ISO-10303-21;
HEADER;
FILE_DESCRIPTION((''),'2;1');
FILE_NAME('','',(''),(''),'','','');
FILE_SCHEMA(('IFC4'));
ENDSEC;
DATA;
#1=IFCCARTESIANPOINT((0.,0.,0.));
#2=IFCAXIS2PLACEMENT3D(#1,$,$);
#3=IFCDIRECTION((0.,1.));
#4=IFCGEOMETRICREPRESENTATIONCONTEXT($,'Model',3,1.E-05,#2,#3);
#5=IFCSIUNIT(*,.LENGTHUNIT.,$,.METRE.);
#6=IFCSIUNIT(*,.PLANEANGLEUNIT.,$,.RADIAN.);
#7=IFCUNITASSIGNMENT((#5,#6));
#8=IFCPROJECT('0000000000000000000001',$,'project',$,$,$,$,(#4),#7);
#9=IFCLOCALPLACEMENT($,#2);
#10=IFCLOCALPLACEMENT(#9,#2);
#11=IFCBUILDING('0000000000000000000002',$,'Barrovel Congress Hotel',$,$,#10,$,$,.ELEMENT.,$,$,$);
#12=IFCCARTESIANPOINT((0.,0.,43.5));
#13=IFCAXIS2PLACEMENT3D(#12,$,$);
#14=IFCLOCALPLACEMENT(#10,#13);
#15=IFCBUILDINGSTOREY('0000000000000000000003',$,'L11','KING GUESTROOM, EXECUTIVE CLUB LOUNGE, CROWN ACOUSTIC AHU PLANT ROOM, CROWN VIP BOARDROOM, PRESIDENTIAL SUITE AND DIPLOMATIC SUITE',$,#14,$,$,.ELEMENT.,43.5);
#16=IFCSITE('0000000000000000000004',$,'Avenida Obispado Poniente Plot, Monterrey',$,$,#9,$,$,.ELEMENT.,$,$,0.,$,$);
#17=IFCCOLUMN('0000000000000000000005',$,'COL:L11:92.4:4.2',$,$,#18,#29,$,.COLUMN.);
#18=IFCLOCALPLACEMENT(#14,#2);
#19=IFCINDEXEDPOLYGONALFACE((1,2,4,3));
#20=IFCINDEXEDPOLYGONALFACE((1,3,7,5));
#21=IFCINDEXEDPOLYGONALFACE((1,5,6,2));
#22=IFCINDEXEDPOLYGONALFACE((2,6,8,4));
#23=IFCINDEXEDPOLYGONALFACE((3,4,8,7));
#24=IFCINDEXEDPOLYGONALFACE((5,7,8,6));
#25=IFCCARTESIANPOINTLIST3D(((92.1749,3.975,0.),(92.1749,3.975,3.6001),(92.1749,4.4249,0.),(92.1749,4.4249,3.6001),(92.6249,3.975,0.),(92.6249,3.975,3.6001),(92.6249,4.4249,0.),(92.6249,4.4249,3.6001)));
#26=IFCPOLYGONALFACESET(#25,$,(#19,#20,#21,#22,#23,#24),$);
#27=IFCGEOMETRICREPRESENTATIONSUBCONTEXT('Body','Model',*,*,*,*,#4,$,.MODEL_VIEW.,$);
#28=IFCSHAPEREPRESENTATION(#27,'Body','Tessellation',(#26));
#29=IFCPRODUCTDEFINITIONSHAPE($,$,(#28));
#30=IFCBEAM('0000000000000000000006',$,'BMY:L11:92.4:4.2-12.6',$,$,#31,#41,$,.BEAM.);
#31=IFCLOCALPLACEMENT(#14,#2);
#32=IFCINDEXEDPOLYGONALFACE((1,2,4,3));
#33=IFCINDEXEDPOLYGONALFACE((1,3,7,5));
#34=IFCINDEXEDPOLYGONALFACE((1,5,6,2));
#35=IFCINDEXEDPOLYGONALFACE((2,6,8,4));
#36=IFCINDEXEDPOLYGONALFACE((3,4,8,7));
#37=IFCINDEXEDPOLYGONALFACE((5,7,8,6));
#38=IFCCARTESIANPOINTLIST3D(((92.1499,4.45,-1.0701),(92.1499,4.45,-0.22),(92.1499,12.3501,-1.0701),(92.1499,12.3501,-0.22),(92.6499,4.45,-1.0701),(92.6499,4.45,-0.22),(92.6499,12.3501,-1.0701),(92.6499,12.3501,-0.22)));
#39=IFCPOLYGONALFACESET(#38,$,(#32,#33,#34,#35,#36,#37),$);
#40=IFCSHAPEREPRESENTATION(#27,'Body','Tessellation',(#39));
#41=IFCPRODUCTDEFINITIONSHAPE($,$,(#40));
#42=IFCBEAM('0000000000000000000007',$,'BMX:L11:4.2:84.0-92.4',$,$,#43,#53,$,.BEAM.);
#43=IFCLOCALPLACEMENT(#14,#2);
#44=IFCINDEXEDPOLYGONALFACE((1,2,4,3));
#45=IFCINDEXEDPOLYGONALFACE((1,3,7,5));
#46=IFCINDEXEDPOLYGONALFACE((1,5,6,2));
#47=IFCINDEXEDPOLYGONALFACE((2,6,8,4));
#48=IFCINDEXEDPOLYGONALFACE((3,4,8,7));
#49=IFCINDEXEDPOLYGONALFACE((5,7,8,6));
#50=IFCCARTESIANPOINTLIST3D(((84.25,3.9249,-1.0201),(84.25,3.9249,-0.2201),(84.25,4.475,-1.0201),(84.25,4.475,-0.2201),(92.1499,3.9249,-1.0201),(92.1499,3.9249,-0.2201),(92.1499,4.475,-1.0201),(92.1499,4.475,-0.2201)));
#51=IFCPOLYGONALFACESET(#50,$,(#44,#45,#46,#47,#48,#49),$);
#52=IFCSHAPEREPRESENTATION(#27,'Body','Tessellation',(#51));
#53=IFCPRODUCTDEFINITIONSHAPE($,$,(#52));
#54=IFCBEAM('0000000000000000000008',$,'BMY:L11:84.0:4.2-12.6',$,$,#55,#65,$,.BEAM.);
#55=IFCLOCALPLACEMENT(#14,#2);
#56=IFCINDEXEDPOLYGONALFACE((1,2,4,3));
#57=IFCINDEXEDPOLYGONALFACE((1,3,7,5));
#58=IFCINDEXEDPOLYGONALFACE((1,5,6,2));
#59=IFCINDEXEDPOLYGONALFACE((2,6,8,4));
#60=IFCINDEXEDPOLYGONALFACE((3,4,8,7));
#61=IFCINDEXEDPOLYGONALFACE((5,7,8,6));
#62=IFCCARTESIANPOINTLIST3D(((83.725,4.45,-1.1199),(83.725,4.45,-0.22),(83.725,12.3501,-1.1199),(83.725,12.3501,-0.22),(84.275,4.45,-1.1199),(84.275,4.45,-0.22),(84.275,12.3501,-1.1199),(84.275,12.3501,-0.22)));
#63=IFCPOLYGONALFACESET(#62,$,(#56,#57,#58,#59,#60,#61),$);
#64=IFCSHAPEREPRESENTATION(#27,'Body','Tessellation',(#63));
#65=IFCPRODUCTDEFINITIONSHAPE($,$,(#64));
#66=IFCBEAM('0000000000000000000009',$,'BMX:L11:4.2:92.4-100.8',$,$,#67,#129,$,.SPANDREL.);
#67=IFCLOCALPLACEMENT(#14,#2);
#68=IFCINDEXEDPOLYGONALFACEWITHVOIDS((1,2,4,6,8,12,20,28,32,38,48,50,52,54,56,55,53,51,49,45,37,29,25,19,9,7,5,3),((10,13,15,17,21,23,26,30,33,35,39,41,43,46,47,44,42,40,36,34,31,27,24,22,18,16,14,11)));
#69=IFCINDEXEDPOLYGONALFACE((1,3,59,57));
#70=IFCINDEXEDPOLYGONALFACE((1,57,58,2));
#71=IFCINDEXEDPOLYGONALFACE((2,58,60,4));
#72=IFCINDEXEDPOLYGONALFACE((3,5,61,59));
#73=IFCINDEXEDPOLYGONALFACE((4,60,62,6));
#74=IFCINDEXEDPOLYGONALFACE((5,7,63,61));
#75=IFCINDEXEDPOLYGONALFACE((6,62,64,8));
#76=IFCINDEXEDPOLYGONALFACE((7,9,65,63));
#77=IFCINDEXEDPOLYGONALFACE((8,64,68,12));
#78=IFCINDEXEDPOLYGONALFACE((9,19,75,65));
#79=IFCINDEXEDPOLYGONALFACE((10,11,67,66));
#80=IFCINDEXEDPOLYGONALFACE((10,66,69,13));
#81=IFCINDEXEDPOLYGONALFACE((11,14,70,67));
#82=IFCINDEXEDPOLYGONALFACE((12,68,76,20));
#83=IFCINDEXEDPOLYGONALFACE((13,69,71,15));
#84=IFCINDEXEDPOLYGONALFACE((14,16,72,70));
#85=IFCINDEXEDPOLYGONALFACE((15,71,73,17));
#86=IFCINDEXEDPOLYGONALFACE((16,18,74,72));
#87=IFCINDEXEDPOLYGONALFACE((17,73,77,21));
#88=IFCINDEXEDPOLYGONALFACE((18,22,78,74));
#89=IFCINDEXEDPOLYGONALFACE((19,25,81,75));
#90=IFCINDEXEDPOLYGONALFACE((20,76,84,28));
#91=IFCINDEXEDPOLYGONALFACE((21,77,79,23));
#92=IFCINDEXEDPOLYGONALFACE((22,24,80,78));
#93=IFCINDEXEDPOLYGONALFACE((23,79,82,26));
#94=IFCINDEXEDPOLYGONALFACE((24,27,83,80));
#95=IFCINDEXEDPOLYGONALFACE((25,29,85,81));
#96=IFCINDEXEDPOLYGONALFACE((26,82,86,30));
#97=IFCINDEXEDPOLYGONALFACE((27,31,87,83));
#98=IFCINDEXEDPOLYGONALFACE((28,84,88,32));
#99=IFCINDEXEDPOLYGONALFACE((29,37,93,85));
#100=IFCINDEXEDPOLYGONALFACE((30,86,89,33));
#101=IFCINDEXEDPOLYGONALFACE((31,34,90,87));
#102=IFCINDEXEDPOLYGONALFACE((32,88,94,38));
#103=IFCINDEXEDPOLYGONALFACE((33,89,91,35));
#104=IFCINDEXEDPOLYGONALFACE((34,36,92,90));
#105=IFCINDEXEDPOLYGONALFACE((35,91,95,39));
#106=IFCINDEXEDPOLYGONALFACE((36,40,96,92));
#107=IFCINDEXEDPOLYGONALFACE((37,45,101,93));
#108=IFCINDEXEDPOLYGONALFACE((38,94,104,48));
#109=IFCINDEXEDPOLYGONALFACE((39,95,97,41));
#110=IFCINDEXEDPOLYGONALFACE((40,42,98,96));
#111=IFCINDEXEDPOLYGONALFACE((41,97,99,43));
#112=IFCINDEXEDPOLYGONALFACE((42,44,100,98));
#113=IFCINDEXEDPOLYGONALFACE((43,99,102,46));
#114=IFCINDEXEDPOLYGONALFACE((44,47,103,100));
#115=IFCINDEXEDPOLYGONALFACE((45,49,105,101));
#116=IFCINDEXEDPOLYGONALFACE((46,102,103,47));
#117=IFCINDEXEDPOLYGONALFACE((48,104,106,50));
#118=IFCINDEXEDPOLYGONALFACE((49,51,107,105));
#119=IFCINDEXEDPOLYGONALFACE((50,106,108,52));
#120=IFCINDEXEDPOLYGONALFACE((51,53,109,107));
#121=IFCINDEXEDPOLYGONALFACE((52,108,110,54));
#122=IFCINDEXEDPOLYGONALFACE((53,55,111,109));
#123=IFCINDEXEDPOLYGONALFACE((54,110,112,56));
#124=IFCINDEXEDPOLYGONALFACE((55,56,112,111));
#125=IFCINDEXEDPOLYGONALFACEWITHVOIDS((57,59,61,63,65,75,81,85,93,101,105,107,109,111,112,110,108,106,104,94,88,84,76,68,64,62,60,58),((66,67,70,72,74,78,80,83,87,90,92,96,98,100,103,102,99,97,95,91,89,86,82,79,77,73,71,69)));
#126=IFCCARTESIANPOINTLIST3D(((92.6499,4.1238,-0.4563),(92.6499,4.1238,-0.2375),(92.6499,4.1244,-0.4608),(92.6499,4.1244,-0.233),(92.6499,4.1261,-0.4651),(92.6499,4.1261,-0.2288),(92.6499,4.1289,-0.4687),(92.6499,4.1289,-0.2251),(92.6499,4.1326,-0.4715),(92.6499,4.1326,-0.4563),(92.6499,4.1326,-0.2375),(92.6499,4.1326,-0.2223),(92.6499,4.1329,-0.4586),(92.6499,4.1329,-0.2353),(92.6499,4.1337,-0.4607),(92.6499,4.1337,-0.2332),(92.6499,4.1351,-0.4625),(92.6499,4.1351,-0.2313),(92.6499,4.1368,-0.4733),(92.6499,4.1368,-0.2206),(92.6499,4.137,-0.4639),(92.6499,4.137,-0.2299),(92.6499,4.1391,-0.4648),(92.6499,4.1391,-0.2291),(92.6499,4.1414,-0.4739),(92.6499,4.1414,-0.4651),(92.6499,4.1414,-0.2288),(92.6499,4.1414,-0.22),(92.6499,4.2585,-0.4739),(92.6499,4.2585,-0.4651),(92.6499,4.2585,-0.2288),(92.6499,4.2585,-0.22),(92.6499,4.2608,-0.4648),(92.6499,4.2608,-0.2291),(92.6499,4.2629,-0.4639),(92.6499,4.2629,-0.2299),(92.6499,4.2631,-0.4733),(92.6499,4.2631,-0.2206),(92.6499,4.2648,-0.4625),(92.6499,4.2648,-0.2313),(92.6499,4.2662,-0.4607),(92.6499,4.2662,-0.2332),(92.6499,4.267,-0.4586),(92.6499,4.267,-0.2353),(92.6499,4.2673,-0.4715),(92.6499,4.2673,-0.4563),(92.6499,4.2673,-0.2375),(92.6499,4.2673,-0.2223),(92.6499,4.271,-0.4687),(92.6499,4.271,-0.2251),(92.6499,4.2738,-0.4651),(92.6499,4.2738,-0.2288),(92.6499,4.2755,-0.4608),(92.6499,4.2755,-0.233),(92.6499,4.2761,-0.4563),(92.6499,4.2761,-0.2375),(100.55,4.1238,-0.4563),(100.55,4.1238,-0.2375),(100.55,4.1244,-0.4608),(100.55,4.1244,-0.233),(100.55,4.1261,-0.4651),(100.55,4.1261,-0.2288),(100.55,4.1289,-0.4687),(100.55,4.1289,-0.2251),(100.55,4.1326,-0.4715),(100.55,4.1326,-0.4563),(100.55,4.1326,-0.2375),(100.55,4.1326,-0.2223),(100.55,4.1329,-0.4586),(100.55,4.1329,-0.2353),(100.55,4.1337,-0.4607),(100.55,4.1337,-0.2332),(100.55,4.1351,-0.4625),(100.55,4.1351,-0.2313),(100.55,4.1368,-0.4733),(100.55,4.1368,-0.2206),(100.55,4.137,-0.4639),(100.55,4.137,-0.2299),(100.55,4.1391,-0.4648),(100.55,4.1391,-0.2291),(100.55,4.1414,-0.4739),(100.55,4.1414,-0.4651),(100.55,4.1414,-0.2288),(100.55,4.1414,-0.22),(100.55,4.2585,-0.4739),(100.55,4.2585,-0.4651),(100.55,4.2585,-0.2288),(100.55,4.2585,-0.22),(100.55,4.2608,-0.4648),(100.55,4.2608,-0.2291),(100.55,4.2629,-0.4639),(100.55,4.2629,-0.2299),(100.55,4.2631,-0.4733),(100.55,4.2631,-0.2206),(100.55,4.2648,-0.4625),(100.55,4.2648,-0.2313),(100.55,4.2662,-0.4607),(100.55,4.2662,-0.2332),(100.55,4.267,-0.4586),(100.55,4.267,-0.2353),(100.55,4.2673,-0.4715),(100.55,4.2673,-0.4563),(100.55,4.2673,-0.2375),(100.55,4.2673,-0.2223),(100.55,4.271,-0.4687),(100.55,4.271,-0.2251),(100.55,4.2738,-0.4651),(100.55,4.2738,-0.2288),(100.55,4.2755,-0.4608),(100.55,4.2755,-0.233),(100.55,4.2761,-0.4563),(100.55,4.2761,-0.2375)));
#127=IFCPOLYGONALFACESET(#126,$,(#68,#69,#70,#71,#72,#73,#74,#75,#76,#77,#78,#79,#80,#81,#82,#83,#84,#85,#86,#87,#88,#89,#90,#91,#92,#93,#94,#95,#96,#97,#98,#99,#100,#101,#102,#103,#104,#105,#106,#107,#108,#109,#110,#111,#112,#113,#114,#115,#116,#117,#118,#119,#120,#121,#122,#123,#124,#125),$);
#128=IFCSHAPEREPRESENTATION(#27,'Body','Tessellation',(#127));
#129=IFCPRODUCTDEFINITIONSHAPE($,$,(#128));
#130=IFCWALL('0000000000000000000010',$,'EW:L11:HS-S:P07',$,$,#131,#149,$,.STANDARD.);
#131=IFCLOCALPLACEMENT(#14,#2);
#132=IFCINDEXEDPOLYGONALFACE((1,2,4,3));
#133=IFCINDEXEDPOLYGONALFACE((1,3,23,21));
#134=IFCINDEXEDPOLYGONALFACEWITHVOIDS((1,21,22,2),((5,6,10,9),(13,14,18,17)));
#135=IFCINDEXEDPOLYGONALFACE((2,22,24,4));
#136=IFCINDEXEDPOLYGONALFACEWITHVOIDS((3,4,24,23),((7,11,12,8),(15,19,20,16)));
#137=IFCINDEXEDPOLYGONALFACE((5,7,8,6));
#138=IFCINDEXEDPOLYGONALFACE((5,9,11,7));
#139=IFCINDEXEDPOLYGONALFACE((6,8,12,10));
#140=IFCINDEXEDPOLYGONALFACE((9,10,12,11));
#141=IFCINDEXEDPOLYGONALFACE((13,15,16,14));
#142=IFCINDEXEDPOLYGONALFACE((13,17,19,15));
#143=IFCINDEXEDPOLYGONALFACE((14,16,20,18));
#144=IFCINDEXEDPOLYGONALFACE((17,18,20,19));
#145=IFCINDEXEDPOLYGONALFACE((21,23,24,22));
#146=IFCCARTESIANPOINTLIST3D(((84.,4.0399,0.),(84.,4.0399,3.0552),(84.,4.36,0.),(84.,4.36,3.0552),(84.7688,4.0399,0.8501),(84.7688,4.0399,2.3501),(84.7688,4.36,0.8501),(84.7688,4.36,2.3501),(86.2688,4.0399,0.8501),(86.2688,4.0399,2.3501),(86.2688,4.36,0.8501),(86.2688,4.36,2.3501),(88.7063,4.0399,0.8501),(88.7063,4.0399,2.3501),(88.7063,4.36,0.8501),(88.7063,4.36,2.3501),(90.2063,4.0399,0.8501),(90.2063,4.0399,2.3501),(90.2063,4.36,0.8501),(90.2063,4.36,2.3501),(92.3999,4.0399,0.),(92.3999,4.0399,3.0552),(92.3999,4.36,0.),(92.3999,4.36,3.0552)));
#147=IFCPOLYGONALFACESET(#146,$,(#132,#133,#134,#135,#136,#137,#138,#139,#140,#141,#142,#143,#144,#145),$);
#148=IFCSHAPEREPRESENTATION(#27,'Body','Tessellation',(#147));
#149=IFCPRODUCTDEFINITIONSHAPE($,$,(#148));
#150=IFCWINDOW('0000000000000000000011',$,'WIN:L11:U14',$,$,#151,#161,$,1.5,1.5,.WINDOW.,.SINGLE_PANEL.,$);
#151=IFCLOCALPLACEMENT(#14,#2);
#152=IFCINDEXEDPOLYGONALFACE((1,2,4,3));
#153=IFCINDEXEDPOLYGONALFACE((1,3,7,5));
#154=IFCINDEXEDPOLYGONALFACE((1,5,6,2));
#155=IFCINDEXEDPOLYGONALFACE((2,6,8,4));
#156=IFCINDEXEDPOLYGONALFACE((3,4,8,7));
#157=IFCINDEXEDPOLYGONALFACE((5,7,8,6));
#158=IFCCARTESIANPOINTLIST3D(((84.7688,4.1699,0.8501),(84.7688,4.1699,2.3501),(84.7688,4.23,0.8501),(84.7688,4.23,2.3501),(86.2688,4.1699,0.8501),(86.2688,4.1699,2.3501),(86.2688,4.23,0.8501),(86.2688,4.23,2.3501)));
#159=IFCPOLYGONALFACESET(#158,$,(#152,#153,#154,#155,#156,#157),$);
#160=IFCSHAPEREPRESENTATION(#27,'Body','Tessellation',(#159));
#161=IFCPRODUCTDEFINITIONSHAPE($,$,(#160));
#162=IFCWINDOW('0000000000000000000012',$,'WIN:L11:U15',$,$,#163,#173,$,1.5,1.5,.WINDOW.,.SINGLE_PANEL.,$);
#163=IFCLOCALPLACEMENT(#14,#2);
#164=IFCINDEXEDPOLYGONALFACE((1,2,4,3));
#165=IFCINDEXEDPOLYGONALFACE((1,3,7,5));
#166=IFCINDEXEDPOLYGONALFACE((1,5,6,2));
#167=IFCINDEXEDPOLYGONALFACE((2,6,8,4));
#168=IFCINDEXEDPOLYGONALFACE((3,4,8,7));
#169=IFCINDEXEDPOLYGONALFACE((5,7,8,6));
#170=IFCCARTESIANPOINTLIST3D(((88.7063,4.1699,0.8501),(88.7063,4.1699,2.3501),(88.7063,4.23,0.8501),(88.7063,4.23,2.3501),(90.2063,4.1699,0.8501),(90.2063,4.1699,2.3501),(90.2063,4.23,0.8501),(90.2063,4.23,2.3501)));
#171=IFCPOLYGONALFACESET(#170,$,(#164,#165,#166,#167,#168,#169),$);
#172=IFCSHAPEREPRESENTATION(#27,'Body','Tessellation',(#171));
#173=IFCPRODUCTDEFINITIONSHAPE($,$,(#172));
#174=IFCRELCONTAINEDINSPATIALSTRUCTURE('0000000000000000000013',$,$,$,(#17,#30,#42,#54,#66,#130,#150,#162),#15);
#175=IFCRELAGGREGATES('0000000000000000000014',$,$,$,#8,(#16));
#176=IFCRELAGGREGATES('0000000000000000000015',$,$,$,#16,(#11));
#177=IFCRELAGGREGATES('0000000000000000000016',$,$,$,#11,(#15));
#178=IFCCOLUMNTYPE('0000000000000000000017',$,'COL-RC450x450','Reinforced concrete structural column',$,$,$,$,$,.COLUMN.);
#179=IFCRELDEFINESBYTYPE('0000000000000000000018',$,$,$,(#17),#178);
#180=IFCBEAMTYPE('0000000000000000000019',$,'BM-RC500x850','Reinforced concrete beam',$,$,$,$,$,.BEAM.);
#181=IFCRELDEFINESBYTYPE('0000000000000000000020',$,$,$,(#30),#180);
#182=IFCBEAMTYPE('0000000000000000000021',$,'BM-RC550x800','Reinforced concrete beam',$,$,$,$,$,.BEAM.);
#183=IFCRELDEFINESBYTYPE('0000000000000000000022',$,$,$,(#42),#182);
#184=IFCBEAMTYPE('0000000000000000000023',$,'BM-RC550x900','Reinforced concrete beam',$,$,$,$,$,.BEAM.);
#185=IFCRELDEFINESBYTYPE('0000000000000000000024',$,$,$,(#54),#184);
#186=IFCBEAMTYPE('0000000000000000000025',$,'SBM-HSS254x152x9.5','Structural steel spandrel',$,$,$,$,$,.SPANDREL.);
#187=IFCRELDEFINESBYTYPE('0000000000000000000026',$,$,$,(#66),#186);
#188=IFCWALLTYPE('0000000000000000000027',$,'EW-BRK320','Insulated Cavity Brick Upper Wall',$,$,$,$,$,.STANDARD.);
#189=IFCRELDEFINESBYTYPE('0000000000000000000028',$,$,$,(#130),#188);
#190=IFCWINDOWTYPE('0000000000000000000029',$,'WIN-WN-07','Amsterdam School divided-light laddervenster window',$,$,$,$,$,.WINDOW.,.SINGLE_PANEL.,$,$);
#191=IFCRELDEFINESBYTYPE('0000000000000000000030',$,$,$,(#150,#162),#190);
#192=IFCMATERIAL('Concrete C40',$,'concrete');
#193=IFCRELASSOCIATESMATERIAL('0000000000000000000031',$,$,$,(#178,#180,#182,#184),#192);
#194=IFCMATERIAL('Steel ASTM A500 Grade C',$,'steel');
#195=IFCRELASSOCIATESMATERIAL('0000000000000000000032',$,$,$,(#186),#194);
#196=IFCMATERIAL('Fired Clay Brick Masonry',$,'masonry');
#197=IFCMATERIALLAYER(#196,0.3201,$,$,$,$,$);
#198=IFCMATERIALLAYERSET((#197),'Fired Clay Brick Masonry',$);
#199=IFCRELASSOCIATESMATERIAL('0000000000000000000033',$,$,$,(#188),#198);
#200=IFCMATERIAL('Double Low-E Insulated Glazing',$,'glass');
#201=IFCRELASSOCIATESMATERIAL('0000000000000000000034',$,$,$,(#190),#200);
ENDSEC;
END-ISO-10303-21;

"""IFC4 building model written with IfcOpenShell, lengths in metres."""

from ifc_helpers import new_model, si_unit, direction, frame, frame_2d, origin, origin_2d, place, context, subcontext, project, spatial, rectangle, hollow_rectangle, extrude, material, layer, layer_set, material_profile, profile_set, type_object, element, fill, save


model = new_model("IFC4")

# Units and contexts
model_context = context("Model", 3, precision=1e-05, world=origin(), true_north=direction((0.0, 1.0)))
body_context = subcontext(model_context, "Body", "Model", "MODEL_VIEW")
ifc_project = project(units=[si_unit("LENGTHUNIT", "METRE"), si_unit("PLANEANGLEUNIT", "RADIAN")], contexts=[model_context])

# Site, building, storey
site_placement = place(None, origin())
site = spatial("IfcSite", under=ifc_project, at=site_placement, Name="Avenida Obispado Poniente Plot, Monterrey", CompositionType="ELEMENT", RefElevation=0.0)
building_placement = place(site_placement, origin())
building = spatial("IfcBuilding", under=site, at=building_placement, Name="Barrovel Congress Hotel", CompositionType="ELEMENT")
storey_placement = place(building_placement, frame((0.0, 0.0, 43.5)))
storey = spatial("IfcBuildingStorey", under=building, at=storey_placement, Name="L11", Description="KING GUESTROOM, EXECUTIVE CLUB LOUNGE, CROWN ACOUSTIC AHU PLANT ROOM, CROWN VIP BOARDROOM, PRESIDENTIAL SUITE AND DIPLOMATIC SUITE", CompositionType="ELEMENT", Elevation=43.5)

# Column
ifc_material_1 = material(Name="Concrete C40", Category="concrete")
ifc_material_profile_1 = material_profile(ifc_material_1, rectangle(XDim=0.45, YDim=0.45, at=origin_2d()), Name="RC450x450")
ifc_profile_set_1 = profile_set([ifc_material_profile_1], Name="Concrete C40")
column_type = type_object("IfcColumnType", Name="COL-RC450x450", Description="Reinforced concrete structural column", PredefinedType="COLUMN", material=ifc_profile_set_1)
column_placement = place(storey_placement, frame((92.3999, 4.2, 0.0), z_axis=(0.0, 0.0, 1.0), x_axis=(1.0, 0.0, 0.0)))
element("IfcColumn", 1, at=column_placement, inside=storey, type_object=column_type, Name="COL:L11:92.4:4.2", PredefinedType="COLUMN", context=body_context, shape_type="SweptSolid", body=[
    extrude(rectangle(XDim=0.45, YDim=0.45, at=origin_2d()), origin(), (0.0, 0.0, 1.0), 3.6001),
])

# Beams
ifc_material_profile_2 = material_profile(ifc_material_1, rectangle(XDim=0.5, YDim=0.8501, at=origin_2d()), Name="RC500x850")
ifc_profile_set_2 = profile_set([ifc_material_profile_2], Name="Concrete C40")
beam_type_1 = type_object("IfcBeamType", Name="BM-RC500x850", Description="Reinforced concrete beam", PredefinedType="BEAM", material=ifc_profile_set_2)
beam_1_placement = place(storey_placement, frame((92.3999, 4.45, -0.645), z_axis=(0.0, 1.0, 0.0), x_axis=(-1.0, 0.0, 0.0)))
element("IfcBeam", 2, at=beam_1_placement, inside=storey, type_object=beam_type_1, Name="BMY:L11:92.4:4.2-12.6", PredefinedType="BEAM", context=body_context, shape_type="SweptSolid", body=[
    extrude(rectangle(XDim=0.5, YDim=0.8501, at=origin_2d()), origin(), (0.0, 0.0, 1.0), 7.9001),
])
ifc_material_profile_3 = material_profile(ifc_material_1, rectangle(XDim=0.55, YDim=0.8, at=origin_2d()), Name="RC550x800")
ifc_profile_set_3 = profile_set([ifc_material_profile_3], Name="Concrete C40")
beam_type_2 = type_object("IfcBeamType", Name="BM-RC550x800", Description="Reinforced concrete beam", PredefinedType="BEAM", material=ifc_profile_set_3)
beam_2_placement = place(storey_placement, frame((84.25, 4.2, -0.6201), z_axis=(1.0, 0.0, 0.0), x_axis=(0.0, 1.0, 0.0)))
element("IfcBeam", 3, at=beam_2_placement, inside=storey, type_object=beam_type_2, Name="BMX:L11:4.2:84.0-92.4", PredefinedType="BEAM", context=body_context, shape_type="SweptSolid", body=[
    extrude(rectangle(XDim=0.55, YDim=0.8, at=origin_2d()), origin(), (0.0, 0.0, 1.0), 7.8999),
])
ifc_material_profile_4 = material_profile(ifc_material_1, rectangle(XDim=0.55, YDim=0.8999, at=origin_2d()), Name="RC550x900")
ifc_profile_set_4 = profile_set([ifc_material_profile_4], Name="Concrete C40")
beam_type_3 = type_object("IfcBeamType", Name="BM-RC550x900", Description="Reinforced concrete beam", PredefinedType="BEAM", material=ifc_profile_set_4)
beam_3_placement = place(storey_placement, frame((84.0, 4.45, -0.6699), z_axis=(0.0, 1.0, 0.0), x_axis=(-1.0, 0.0, 0.0)))
element("IfcBeam", 4, at=beam_3_placement, inside=storey, type_object=beam_type_3, Name="BMY:L11:84.0:4.2-12.6", PredefinedType="BEAM", context=body_context, shape_type="SweptSolid", body=[
    extrude(rectangle(XDim=0.55, YDim=0.8999, at=origin_2d()), origin(), (0.0, 0.0, 1.0), 7.9001),
])
ifc_material_2 = material(Name="Steel ASTM A500 Grade C", Category="steel")
ifc_material_profile_5 = material_profile(ifc_material_2, hollow_rectangle(XDim=0.1523, YDim=0.2539, WallThickness=0.0088, InnerFilletRadius=0.0088, OuterFilletRadius=0.0176, at=origin_2d()), Name="HSS254x152x9.5")
ifc_profile_set_5 = profile_set([ifc_material_profile_5], Name="Steel ASTM A500 Grade C")
beam_type_4 = type_object("IfcBeamType", Name="SBM-HSS254x152x9.5", Description="Structural steel spandrel", PredefinedType="SPANDREL", material=ifc_profile_set_5)
beam_4_placement = place(storey_placement, frame((92.6499, 4.2, -0.3469), z_axis=(1.0, 0.0, 0.0), x_axis=(0.0, 1.0, 0.0)))
element("IfcBeam", 5, at=beam_4_placement, inside=storey, type_object=beam_type_4, Name="BMX:L11:4.2:92.4-100.8", PredefinedType="SPANDREL", context=body_context, shape_type="SweptSolid", body=[
    extrude(hollow_rectangle(XDim=0.1523, YDim=0.2539, WallThickness=0.0088, InnerFilletRadius=0.0088, OuterFilletRadius=0.0176, at=origin_2d()), origin(), (0.0, 0.0, 1.0), 7.9001),
])

# Wall, openings, windows
ifc_material_3 = material(Name="Fired Clay Brick Masonry", Category="masonry")
ifc_layer_1 = layer(ifc_material_3, 0.3201)
ifc_layer_set_1 = layer_set([ifc_layer_1], Name="Fired Clay Brick Masonry")
wall_type_1 = type_object("IfcWallType", Name="EW-BRK320", Description="Insulated Cavity Brick Upper Wall", PredefinedType="STANDARD", material=ifc_layer_set_1)
wall_1_placement = place(storey_placement, frame((84.0, 4.2, 0.0), z_axis=(0.0, 0.0, 1.0), x_axis=(1.0, 0.0, 0.0)))
wall_1 = element("IfcWall", 6, at=wall_1_placement, inside=storey, type_object=wall_type_1, Name="EW:L11:HS-S:P07", PredefinedType="STANDARD", context=body_context, shape_type="SweptSolid", body=[
    extrude(rectangle(XDim=8.3999, YDim=0.3201, at=frame_2d((4.2, 0.0))), origin(), (0.0, 0.0, 1.0), 3.0552),
])
opening_1_placement = place(wall_1_placement, frame((0.7688, 0.0, 0.8501)))
opening_1 = element("IfcOpeningElement", 7, at=opening_1_placement, cuts=wall_1, PredefinedType="OPENING", context=body_context, shape_type="SweptSolid", body=[
    extrude(rectangle(XDim=1.5, YDim=1.5, at=frame_2d((0.75, 0.75))), frame((0.0, 0.1699, 0.0), z_axis=(0.0, -1.0, 0.0), x_axis=(1.0, 0.0, 0.0)), (0.0, 0.0, 1.0), 0.3401),
])
opening_2_placement = place(wall_1_placement, frame((4.7063, 0.0, 0.8501)))
opening_2 = element("IfcOpeningElement", 8, at=opening_2_placement, cuts=wall_1, PredefinedType="OPENING", context=body_context, shape_type="SweptSolid", body=[
    extrude(rectangle(XDim=1.5, YDim=1.5, at=frame_2d((0.75, 0.75))), frame((0.0, 0.1699, 0.0), z_axis=(0.0, -1.0, 0.0), x_axis=(1.0, 0.0, 0.0)), (0.0, 0.0, 1.0), 0.3401),
])
ifc_material_4 = material(Name="Double Low-E Insulated Glazing", Category="glass")
window_type = type_object("IfcWindowType", Name="WIN-WN-07", Description="Amsterdam School divided-light laddervenster window", PartitioningType="SINGLE_PANEL", PredefinedType="WINDOW", material=ifc_material_4)
window_1_placement = place(opening_1_placement, origin())
window_1 = element("IfcWindow", 9, at=window_1_placement, inside=storey, type_object=window_type, Name="WIN:L11:U14", OverallHeight=1.5, OverallWidth=1.5, PartitioningType="SINGLE_PANEL", PredefinedType="WINDOW", context=body_context, shape_type="SweptSolid", body=[
    extrude(rectangle(XDim=1.5, YDim=1.5, at=frame_2d((0.75, 0.75))), frame((0.0, 0.03, 0.0), z_axis=(0.0, -1.0, 0.0), x_axis=(1.0, 0.0, 0.0)), (0.0, 0.0, 1.0), 0.0601),
])
fill(opening_1, window_1)
window_2_placement = place(opening_2_placement, origin())
window_2 = element("IfcWindow", 10, at=window_2_placement, inside=storey, type_object=window_type, Name="WIN:L11:U15", OverallHeight=1.5, OverallWidth=1.5, PartitioningType="SINGLE_PANEL", PredefinedType="WINDOW", context=body_context, shape_type="SweptSolid", body=[
    extrude(rectangle(XDim=1.5, YDim=1.5, at=frame_2d((0.75, 0.75))), frame((0.0, 0.03, 0.0), z_axis=(0.0, -1.0, 0.0), x_axis=(1.0, 0.0, 0.0)), (0.0, 0.0, 1.0), 0.0601),
])
fill(opening_2, window_2)

save(model, "model.ifc")
